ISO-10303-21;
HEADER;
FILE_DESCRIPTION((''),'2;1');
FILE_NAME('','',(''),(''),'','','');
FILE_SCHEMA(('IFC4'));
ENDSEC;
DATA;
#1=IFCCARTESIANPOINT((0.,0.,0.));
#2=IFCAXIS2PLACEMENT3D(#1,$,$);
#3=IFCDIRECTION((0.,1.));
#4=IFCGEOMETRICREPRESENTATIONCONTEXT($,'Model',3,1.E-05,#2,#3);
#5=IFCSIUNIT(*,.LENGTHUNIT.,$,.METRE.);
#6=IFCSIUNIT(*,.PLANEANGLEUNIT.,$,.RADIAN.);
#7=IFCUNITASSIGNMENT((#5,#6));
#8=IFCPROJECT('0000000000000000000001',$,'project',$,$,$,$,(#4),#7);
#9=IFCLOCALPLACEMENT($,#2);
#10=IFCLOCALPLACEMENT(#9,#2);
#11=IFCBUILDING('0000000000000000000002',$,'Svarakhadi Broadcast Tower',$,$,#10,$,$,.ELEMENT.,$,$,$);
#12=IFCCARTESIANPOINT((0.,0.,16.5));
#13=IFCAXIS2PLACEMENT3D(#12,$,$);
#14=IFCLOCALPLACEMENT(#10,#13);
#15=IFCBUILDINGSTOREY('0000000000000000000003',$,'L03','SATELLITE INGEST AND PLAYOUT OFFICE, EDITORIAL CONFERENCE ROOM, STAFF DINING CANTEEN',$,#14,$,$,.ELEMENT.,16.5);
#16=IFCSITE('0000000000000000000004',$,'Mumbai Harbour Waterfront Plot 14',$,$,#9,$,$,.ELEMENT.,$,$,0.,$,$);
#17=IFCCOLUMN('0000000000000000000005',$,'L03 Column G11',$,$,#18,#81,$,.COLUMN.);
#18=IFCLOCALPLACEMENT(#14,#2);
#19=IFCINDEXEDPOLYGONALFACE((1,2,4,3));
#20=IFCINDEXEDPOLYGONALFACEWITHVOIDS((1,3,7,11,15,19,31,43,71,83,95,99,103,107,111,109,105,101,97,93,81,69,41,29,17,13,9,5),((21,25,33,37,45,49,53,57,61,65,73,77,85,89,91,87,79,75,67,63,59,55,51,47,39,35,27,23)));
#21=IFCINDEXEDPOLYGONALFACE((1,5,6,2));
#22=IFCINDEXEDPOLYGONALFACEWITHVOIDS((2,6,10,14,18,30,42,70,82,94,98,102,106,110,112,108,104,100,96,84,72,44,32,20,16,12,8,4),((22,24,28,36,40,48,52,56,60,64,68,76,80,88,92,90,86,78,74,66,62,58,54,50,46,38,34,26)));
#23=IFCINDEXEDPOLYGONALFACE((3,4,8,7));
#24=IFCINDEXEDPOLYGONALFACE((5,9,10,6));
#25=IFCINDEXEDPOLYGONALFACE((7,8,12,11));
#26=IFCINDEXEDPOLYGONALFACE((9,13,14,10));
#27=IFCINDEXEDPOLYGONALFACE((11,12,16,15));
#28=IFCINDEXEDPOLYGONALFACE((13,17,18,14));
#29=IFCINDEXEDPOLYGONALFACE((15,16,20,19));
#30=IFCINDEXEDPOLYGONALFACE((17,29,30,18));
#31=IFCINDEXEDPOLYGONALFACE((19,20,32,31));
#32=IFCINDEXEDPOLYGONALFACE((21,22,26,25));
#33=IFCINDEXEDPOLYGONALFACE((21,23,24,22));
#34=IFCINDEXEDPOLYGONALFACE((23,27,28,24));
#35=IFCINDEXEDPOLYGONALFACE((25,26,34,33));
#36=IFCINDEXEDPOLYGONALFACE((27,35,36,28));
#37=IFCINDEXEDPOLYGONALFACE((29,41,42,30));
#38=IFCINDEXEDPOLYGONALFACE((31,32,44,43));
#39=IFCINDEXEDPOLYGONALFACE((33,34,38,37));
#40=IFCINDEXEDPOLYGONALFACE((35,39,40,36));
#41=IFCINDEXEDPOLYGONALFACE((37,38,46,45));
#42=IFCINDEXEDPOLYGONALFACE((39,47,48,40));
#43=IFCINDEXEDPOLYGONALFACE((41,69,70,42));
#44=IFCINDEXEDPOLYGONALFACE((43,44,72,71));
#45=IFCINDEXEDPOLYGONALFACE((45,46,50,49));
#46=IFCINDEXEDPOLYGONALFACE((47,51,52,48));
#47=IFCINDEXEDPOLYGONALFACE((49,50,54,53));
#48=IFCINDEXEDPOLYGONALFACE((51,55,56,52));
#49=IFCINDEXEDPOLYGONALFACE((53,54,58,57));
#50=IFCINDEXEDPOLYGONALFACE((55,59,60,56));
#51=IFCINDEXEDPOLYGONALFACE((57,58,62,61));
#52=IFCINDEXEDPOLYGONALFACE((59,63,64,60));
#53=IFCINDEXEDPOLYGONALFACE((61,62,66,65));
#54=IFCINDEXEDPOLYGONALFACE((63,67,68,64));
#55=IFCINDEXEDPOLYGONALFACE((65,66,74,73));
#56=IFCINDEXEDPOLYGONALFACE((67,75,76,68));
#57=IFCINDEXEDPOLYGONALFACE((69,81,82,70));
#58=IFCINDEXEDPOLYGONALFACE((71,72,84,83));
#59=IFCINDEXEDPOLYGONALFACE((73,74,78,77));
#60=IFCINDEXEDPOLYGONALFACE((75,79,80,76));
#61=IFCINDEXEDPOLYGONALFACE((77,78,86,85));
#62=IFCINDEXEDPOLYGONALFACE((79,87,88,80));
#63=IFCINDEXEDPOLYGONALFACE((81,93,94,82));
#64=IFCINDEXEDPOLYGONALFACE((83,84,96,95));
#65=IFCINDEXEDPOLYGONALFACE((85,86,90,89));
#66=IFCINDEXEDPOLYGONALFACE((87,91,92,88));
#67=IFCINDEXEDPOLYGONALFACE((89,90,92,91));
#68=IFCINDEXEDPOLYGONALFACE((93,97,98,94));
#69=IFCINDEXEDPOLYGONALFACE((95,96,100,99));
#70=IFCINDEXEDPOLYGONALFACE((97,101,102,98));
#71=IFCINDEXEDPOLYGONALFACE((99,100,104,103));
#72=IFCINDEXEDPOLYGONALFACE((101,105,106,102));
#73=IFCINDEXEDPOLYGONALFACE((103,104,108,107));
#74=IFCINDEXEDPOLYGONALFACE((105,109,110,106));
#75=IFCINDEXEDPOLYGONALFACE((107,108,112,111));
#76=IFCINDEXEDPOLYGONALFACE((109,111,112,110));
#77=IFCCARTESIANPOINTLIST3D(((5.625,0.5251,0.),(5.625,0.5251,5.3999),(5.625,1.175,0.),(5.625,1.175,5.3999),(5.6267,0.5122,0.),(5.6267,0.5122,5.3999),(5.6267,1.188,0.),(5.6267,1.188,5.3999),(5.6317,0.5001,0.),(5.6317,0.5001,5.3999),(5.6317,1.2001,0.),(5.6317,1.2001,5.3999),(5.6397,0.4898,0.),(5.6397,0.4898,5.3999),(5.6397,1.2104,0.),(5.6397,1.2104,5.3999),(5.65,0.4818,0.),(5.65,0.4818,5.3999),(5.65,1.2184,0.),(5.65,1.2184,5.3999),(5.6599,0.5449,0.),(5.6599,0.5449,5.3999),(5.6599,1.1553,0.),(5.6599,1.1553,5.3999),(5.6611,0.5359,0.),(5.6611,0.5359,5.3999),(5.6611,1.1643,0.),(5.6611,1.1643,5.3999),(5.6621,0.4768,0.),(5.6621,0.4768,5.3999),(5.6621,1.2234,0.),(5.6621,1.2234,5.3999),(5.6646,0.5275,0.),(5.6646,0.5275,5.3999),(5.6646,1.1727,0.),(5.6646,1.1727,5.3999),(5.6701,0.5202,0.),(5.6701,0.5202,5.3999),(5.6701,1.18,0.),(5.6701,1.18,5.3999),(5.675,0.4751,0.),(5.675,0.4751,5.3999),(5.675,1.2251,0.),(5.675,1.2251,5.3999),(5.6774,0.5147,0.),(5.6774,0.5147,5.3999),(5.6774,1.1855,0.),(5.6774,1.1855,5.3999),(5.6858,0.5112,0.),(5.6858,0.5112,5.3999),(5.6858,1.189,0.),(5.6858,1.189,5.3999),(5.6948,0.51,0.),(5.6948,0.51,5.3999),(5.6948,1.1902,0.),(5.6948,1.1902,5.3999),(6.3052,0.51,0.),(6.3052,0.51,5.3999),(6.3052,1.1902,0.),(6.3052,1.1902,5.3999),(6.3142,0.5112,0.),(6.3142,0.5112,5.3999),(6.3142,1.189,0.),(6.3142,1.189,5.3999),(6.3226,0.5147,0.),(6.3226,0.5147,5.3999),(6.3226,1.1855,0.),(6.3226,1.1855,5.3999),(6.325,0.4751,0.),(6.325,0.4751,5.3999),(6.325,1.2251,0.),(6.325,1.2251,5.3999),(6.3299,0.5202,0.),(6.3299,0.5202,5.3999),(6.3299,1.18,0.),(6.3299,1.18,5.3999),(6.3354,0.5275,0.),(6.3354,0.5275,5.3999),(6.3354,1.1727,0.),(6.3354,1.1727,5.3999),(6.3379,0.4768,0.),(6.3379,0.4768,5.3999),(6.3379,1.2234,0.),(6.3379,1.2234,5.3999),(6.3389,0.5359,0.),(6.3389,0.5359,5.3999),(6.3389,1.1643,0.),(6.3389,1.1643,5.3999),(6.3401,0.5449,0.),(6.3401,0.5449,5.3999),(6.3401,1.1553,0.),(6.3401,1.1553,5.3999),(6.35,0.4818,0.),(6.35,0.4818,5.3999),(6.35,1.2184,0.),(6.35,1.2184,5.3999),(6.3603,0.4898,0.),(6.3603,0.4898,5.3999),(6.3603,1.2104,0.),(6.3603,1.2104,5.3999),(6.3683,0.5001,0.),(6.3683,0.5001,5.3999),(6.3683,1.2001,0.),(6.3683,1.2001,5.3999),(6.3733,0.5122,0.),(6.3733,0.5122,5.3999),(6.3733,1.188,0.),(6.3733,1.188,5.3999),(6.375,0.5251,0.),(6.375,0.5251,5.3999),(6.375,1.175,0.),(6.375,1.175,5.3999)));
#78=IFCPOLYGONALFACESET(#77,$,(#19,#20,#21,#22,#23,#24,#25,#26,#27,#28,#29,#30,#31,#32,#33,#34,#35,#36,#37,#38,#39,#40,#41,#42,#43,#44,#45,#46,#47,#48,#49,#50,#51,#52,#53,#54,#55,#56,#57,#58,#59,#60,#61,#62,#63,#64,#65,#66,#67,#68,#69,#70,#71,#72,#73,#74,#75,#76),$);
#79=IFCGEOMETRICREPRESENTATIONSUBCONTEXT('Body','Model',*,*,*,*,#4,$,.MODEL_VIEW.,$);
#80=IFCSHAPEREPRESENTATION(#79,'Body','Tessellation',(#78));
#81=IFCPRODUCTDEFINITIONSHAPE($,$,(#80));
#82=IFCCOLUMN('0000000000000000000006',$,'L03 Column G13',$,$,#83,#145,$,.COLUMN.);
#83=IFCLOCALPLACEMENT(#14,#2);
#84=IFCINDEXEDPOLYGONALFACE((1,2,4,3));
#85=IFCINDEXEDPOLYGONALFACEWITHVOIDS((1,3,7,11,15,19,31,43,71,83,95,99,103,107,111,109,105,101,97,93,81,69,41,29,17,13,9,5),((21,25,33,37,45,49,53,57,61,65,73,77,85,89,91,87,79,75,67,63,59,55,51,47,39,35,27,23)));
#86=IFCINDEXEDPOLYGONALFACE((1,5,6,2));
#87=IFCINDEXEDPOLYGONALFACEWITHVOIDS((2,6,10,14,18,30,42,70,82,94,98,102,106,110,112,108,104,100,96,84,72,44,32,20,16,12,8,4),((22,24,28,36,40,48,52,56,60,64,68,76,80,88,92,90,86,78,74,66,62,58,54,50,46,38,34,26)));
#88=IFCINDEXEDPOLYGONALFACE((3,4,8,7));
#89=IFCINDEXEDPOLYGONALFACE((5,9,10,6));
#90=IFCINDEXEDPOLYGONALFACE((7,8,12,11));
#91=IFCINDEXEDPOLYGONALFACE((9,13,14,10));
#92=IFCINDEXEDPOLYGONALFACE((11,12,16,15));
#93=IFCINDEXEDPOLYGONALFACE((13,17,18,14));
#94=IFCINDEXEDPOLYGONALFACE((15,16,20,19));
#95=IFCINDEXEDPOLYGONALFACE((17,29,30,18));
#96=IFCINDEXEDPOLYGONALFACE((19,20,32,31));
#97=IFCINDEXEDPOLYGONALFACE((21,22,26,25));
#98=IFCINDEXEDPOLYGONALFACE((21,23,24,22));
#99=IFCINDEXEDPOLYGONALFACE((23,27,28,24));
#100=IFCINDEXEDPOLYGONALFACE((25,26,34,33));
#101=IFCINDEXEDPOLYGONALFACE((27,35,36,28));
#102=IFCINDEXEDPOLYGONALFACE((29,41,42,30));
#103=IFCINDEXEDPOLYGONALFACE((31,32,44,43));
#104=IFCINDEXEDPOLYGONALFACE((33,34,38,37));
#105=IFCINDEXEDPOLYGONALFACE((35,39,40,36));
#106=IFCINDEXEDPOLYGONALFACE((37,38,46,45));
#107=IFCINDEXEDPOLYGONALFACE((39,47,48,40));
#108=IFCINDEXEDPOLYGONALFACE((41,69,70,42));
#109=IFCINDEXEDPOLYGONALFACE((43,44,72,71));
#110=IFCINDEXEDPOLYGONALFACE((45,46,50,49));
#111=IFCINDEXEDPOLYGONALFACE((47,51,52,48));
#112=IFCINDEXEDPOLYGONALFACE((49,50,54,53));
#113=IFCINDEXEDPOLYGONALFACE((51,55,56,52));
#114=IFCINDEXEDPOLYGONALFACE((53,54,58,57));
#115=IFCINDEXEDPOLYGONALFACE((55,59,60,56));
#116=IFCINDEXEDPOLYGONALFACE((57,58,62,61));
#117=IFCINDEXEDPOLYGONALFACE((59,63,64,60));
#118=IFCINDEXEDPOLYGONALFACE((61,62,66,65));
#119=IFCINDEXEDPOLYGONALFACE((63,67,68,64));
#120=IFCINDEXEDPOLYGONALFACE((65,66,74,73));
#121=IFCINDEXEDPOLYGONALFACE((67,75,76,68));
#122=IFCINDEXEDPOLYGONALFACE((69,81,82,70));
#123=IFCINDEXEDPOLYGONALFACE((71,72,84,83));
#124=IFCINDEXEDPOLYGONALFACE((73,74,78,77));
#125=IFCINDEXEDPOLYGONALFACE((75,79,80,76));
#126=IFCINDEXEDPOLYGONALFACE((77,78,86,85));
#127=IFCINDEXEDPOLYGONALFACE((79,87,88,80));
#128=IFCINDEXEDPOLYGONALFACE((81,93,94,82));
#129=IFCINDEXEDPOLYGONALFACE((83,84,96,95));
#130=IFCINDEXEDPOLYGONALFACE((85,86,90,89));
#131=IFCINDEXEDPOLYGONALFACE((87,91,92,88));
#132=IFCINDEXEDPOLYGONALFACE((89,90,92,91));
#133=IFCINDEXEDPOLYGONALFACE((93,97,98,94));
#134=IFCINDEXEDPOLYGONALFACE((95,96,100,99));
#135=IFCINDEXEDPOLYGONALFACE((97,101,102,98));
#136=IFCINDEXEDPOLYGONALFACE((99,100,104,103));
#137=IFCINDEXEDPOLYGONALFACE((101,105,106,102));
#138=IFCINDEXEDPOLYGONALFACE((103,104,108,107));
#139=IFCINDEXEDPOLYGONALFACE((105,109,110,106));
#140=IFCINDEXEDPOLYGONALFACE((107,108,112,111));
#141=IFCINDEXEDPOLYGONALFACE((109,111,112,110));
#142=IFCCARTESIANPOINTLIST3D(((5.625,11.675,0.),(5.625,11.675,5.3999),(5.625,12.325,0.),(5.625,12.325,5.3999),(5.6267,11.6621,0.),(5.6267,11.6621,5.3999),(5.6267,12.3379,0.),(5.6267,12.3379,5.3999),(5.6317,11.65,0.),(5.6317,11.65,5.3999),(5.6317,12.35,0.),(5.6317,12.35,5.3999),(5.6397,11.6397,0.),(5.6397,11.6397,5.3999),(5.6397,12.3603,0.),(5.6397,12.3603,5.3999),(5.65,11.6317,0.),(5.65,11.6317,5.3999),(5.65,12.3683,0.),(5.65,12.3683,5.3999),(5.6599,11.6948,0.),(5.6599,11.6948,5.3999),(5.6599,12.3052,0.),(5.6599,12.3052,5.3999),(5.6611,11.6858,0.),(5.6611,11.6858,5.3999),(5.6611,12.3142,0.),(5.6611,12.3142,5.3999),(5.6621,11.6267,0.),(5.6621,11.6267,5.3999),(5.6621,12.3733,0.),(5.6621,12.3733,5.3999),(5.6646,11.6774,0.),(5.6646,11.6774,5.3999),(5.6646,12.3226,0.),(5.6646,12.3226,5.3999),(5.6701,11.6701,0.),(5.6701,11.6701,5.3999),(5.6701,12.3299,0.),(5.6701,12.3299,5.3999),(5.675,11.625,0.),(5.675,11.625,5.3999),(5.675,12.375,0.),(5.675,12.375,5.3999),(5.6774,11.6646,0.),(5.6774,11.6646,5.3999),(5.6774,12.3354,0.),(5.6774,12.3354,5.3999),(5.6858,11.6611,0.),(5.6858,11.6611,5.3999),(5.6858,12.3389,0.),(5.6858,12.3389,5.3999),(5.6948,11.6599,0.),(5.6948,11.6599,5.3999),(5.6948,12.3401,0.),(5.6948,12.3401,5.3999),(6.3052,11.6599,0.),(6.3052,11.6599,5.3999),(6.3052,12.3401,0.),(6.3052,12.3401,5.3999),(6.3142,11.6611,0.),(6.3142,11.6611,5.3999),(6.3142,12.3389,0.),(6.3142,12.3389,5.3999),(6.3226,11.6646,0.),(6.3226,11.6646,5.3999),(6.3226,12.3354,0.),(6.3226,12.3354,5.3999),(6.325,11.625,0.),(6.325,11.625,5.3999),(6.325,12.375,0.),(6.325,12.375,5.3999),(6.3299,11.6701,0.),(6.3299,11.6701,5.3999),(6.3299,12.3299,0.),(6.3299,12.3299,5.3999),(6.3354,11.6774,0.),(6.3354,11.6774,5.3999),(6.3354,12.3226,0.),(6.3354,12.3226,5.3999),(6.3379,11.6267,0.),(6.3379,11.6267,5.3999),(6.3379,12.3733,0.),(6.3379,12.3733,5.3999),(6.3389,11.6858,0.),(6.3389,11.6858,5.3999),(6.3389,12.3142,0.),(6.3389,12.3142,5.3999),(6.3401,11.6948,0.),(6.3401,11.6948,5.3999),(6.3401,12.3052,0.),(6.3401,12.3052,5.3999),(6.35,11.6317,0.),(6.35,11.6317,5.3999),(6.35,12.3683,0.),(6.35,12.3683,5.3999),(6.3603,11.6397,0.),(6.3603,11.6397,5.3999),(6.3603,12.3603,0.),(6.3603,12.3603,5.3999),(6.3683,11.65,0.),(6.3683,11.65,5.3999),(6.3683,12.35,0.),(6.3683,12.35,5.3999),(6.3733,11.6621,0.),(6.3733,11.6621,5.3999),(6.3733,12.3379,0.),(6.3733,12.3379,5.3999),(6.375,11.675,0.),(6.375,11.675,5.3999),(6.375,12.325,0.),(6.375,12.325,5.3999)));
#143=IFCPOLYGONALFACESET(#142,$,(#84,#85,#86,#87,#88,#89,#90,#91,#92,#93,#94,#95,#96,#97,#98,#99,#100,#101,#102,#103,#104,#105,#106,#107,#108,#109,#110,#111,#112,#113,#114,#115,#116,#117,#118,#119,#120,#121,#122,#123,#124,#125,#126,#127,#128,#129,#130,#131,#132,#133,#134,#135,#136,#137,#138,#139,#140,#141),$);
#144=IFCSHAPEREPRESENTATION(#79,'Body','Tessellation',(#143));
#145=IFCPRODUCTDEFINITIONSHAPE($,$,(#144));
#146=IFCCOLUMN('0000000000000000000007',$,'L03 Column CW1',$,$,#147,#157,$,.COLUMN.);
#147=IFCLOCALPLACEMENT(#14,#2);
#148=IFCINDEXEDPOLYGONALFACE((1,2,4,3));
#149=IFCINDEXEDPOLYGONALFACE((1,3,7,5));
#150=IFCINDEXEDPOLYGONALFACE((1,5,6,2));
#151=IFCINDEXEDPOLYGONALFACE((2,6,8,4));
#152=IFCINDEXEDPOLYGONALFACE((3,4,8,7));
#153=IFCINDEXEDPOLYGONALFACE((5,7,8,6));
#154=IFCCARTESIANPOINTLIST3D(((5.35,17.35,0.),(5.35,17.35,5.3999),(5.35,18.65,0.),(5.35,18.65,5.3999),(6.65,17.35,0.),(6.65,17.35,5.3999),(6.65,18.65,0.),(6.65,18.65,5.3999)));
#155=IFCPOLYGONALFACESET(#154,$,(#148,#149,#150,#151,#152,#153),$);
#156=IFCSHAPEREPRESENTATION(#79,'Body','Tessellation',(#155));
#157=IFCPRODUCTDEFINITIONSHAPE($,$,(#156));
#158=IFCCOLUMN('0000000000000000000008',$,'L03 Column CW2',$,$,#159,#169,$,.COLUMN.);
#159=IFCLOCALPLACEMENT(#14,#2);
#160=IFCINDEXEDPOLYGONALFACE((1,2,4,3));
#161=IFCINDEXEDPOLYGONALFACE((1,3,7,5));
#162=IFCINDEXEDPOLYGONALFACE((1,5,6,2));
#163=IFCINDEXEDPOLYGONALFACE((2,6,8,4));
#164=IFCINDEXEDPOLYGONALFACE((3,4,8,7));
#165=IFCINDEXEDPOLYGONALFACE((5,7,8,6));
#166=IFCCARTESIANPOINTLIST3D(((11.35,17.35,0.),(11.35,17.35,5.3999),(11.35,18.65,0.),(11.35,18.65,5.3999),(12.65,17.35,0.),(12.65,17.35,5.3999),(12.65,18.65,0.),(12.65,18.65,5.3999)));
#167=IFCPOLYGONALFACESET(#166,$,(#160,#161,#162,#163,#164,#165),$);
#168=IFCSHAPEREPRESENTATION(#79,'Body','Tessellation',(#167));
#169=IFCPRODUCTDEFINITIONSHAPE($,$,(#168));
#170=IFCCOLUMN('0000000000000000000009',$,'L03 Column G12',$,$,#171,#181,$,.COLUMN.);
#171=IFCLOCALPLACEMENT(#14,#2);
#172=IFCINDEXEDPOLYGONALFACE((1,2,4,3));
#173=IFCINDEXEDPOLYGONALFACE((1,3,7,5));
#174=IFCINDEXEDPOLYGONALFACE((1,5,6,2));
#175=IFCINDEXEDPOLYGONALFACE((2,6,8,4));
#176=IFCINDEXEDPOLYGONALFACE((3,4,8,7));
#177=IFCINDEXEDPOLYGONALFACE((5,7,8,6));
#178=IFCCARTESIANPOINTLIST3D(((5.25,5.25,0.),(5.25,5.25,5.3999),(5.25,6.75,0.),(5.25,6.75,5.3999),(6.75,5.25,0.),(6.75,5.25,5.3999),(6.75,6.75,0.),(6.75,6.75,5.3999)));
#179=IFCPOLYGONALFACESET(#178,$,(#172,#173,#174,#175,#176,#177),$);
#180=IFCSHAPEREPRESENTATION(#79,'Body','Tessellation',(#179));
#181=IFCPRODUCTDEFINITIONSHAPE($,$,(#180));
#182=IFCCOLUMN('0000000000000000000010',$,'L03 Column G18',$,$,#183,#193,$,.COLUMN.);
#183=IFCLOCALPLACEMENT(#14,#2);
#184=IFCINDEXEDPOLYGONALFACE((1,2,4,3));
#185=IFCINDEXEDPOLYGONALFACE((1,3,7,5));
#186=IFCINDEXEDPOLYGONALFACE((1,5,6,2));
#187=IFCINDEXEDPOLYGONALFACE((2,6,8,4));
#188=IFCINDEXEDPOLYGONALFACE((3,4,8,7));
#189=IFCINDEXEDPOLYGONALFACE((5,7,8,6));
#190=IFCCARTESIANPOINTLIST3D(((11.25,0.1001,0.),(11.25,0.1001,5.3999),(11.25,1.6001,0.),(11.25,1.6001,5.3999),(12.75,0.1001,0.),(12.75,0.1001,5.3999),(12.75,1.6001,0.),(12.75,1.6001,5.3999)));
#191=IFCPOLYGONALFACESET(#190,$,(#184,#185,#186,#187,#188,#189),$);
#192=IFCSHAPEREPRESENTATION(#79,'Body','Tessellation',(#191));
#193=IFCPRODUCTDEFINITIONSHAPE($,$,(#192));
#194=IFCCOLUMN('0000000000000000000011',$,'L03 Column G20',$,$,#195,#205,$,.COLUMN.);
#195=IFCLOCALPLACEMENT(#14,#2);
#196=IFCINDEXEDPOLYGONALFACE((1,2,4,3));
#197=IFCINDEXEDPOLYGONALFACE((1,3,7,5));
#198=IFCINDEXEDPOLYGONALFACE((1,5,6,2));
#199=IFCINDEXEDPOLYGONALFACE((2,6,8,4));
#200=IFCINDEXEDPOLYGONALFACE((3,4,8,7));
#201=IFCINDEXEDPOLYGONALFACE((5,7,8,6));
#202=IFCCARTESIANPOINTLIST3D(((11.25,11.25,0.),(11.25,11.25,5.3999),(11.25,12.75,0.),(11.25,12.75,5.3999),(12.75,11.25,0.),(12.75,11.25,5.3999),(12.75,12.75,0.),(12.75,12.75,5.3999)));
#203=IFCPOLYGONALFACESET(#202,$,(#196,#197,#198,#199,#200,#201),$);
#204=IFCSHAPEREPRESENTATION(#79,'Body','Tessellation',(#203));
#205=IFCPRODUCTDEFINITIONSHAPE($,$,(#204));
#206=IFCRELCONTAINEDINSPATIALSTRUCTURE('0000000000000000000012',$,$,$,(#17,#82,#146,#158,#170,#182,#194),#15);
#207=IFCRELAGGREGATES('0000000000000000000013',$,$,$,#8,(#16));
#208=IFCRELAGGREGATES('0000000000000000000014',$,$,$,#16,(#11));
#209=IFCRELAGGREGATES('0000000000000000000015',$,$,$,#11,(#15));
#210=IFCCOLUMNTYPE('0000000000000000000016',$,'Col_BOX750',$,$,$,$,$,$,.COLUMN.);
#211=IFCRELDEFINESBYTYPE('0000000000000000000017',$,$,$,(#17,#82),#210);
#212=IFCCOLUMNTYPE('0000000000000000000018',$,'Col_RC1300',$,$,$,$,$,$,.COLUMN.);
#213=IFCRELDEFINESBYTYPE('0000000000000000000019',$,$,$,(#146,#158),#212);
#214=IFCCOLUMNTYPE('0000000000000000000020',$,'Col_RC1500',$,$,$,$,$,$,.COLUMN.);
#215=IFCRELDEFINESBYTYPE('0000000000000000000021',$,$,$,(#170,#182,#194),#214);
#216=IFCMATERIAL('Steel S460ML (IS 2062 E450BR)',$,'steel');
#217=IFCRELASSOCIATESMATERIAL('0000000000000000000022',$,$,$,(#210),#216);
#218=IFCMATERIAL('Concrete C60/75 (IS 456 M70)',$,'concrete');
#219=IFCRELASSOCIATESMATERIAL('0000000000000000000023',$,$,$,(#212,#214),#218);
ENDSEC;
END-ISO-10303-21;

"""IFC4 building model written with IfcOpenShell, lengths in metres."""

from ifc_helpers import new_model, si_unit, direction, frame, origin, origin_2d, place, context, subcontext, project, spatial, rectangle, hollow_rectangle, extrude, material, material_profile, profile_set, type_object, element, save


model = new_model("IFC4")

# Units and contexts
model_context = context("Model", 3, precision=1e-05, world=origin(), true_north=direction((0.0, 1.0)))
body_context = subcontext(model_context, "Body", "Model", "MODEL_VIEW")
ifc_project = project(units=[si_unit("LENGTHUNIT", "METRE"), si_unit("PLANEANGLEUNIT", "RADIAN")], contexts=[model_context])

# Site, building, storey
site_placement = place(None, origin())
site = spatial("IfcSite", under=ifc_project, at=site_placement, Name="Mumbai Harbour Waterfront Plot 14", CompositionType="ELEMENT", RefElevation=0.0)
building_placement = place(site_placement, origin())
building = spatial("IfcBuilding", under=site, at=building_placement, Name="Svarakhadi Broadcast Tower", CompositionType="ELEMENT")
storey_placement = place(building_placement, frame((0.0, 0.0, 16.5)))
storey = spatial("IfcBuildingStorey", under=building, at=storey_placement, Name="L03", Description="SATELLITE INGEST AND PLAYOUT OFFICE, EDITORIAL CONFERENCE ROOM, STAFF DINING CANTEEN", CompositionType="ELEMENT", Elevation=16.5)

# Columns
ifc_material_1 = material(Name="Steel S460ML (IS 2062 E450BR)", Category="steel")
ifc_material_profile_1 = material_profile(ifc_material_1, hollow_rectangle(XDim=0.75, YDim=0.75, WallThickness=0.0349, InnerFilletRadius=0.0349, OuterFilletRadius=0.05, at=origin_2d()), Name="BOX 750x750x35")
ifc_profile_set_1 = profile_set([ifc_material_profile_1], Name="Steel S460ML (IS 2062 E450BR)")
column_type_1 = type_object("IfcColumnType", Name="Col_BOX750", PredefinedType="COLUMN", material=ifc_profile_set_1)
for number, where, z_axis, x_axis, name in (
    (1, (6.0, 0.8501, 0.0), (0.0, 0.0, 1.0), (1.0, 0.0, 0.0), "L03 Column G11"),
    (2, (6.0, 12.0, 0.0), (0.0, 0.0, 1.0), (1.0, 0.0, 0.0), "L03 Column G13"),
):
    element("IfcColumn", number, at=place(storey_placement, frame(where, z_axis=z_axis, x_axis=x_axis)), inside=storey, type_object=column_type_1, Name=name, PredefinedType="COLUMN", context=body_context, shape_type="SweptSolid", body=[
        extrude(hollow_rectangle(XDim=0.75, YDim=0.75, WallThickness=0.0349, InnerFilletRadius=0.0349, OuterFilletRadius=0.05, at=origin_2d()), origin(), (0.0, 0.0, 1.0), 5.3999),
    ])
ifc_material_2 = material(Name="Concrete C60/75 (IS 456 M70)", Category="concrete")
ifc_material_profile_2 = material_profile(ifc_material_2, rectangle(XDim=1.3, YDim=1.3, at=origin_2d()), Name="RC 1300x1300")
ifc_profile_set_2 = profile_set([ifc_material_profile_2], Name="Concrete C60/75 (IS 456 M70)")
column_type_2 = type_object("IfcColumnType", Name="Col_RC1300", PredefinedType="COLUMN", material=ifc_profile_set_2)
for number, where, z_axis, x_axis, name in (
    (3, (6.0, 18.0, 0.0), (0.0, 0.0, 1.0), (1.0, 0.0, 0.0), "L03 Column CW1"),
    (4, (12.0, 18.0, 0.0), (0.0, 0.0, 1.0), (1.0, 0.0, 0.0), "L03 Column CW2"),
):
    element("IfcColumn", number, at=place(storey_placement, frame(where, z_axis=z_axis, x_axis=x_axis)), inside=storey, type_object=column_type_2, Name=name, PredefinedType="COLUMN", context=body_context, shape_type="SweptSolid", body=[
        extrude(rectangle(XDim=1.3, YDim=1.3, at=origin_2d()), origin(), (0.0, 0.0, 1.0), 5.3999),
    ])
ifc_material_profile_3 = material_profile(ifc_material_2, rectangle(XDim=1.5, YDim=1.5, at=origin_2d()), Name="RC 1500x1500")
ifc_profile_set_3 = profile_set([ifc_material_profile_3], Name="Concrete C60/75 (IS 456 M70)")
column_type_3 = type_object("IfcColumnType", Name="Col_RC1500", PredefinedType="COLUMN", material=ifc_profile_set_3)
for number, where, z_axis, x_axis, name in (
    (5, (6.0, 6.0, 0.0), (0.0, 0.0, 1.0), (1.0, 0.0, 0.0), "L03 Column G12"),
    (6, (12.0, 0.8501, 0.0), (0.0, 0.0, 1.0), (1.0, 0.0, 0.0), "L03 Column G18"),
    (7, (12.0, 12.0, 0.0), (0.0, 0.0, 1.0), (1.0, 0.0, 0.0), "L03 Column G20"),
):
    element("IfcColumn", number, at=place(storey_placement, frame(where, z_axis=z_axis, x_axis=x_axis)), inside=storey, type_object=column_type_3, Name=name, PredefinedType="COLUMN", context=body_context, shape_type="SweptSolid", body=[
        extrude(rectangle(XDim=1.5, YDim=1.5, at=origin_2d()), origin(), (0.0, 0.0, 1.0), 5.3999),
    ])

save(model, "model.ifc")
